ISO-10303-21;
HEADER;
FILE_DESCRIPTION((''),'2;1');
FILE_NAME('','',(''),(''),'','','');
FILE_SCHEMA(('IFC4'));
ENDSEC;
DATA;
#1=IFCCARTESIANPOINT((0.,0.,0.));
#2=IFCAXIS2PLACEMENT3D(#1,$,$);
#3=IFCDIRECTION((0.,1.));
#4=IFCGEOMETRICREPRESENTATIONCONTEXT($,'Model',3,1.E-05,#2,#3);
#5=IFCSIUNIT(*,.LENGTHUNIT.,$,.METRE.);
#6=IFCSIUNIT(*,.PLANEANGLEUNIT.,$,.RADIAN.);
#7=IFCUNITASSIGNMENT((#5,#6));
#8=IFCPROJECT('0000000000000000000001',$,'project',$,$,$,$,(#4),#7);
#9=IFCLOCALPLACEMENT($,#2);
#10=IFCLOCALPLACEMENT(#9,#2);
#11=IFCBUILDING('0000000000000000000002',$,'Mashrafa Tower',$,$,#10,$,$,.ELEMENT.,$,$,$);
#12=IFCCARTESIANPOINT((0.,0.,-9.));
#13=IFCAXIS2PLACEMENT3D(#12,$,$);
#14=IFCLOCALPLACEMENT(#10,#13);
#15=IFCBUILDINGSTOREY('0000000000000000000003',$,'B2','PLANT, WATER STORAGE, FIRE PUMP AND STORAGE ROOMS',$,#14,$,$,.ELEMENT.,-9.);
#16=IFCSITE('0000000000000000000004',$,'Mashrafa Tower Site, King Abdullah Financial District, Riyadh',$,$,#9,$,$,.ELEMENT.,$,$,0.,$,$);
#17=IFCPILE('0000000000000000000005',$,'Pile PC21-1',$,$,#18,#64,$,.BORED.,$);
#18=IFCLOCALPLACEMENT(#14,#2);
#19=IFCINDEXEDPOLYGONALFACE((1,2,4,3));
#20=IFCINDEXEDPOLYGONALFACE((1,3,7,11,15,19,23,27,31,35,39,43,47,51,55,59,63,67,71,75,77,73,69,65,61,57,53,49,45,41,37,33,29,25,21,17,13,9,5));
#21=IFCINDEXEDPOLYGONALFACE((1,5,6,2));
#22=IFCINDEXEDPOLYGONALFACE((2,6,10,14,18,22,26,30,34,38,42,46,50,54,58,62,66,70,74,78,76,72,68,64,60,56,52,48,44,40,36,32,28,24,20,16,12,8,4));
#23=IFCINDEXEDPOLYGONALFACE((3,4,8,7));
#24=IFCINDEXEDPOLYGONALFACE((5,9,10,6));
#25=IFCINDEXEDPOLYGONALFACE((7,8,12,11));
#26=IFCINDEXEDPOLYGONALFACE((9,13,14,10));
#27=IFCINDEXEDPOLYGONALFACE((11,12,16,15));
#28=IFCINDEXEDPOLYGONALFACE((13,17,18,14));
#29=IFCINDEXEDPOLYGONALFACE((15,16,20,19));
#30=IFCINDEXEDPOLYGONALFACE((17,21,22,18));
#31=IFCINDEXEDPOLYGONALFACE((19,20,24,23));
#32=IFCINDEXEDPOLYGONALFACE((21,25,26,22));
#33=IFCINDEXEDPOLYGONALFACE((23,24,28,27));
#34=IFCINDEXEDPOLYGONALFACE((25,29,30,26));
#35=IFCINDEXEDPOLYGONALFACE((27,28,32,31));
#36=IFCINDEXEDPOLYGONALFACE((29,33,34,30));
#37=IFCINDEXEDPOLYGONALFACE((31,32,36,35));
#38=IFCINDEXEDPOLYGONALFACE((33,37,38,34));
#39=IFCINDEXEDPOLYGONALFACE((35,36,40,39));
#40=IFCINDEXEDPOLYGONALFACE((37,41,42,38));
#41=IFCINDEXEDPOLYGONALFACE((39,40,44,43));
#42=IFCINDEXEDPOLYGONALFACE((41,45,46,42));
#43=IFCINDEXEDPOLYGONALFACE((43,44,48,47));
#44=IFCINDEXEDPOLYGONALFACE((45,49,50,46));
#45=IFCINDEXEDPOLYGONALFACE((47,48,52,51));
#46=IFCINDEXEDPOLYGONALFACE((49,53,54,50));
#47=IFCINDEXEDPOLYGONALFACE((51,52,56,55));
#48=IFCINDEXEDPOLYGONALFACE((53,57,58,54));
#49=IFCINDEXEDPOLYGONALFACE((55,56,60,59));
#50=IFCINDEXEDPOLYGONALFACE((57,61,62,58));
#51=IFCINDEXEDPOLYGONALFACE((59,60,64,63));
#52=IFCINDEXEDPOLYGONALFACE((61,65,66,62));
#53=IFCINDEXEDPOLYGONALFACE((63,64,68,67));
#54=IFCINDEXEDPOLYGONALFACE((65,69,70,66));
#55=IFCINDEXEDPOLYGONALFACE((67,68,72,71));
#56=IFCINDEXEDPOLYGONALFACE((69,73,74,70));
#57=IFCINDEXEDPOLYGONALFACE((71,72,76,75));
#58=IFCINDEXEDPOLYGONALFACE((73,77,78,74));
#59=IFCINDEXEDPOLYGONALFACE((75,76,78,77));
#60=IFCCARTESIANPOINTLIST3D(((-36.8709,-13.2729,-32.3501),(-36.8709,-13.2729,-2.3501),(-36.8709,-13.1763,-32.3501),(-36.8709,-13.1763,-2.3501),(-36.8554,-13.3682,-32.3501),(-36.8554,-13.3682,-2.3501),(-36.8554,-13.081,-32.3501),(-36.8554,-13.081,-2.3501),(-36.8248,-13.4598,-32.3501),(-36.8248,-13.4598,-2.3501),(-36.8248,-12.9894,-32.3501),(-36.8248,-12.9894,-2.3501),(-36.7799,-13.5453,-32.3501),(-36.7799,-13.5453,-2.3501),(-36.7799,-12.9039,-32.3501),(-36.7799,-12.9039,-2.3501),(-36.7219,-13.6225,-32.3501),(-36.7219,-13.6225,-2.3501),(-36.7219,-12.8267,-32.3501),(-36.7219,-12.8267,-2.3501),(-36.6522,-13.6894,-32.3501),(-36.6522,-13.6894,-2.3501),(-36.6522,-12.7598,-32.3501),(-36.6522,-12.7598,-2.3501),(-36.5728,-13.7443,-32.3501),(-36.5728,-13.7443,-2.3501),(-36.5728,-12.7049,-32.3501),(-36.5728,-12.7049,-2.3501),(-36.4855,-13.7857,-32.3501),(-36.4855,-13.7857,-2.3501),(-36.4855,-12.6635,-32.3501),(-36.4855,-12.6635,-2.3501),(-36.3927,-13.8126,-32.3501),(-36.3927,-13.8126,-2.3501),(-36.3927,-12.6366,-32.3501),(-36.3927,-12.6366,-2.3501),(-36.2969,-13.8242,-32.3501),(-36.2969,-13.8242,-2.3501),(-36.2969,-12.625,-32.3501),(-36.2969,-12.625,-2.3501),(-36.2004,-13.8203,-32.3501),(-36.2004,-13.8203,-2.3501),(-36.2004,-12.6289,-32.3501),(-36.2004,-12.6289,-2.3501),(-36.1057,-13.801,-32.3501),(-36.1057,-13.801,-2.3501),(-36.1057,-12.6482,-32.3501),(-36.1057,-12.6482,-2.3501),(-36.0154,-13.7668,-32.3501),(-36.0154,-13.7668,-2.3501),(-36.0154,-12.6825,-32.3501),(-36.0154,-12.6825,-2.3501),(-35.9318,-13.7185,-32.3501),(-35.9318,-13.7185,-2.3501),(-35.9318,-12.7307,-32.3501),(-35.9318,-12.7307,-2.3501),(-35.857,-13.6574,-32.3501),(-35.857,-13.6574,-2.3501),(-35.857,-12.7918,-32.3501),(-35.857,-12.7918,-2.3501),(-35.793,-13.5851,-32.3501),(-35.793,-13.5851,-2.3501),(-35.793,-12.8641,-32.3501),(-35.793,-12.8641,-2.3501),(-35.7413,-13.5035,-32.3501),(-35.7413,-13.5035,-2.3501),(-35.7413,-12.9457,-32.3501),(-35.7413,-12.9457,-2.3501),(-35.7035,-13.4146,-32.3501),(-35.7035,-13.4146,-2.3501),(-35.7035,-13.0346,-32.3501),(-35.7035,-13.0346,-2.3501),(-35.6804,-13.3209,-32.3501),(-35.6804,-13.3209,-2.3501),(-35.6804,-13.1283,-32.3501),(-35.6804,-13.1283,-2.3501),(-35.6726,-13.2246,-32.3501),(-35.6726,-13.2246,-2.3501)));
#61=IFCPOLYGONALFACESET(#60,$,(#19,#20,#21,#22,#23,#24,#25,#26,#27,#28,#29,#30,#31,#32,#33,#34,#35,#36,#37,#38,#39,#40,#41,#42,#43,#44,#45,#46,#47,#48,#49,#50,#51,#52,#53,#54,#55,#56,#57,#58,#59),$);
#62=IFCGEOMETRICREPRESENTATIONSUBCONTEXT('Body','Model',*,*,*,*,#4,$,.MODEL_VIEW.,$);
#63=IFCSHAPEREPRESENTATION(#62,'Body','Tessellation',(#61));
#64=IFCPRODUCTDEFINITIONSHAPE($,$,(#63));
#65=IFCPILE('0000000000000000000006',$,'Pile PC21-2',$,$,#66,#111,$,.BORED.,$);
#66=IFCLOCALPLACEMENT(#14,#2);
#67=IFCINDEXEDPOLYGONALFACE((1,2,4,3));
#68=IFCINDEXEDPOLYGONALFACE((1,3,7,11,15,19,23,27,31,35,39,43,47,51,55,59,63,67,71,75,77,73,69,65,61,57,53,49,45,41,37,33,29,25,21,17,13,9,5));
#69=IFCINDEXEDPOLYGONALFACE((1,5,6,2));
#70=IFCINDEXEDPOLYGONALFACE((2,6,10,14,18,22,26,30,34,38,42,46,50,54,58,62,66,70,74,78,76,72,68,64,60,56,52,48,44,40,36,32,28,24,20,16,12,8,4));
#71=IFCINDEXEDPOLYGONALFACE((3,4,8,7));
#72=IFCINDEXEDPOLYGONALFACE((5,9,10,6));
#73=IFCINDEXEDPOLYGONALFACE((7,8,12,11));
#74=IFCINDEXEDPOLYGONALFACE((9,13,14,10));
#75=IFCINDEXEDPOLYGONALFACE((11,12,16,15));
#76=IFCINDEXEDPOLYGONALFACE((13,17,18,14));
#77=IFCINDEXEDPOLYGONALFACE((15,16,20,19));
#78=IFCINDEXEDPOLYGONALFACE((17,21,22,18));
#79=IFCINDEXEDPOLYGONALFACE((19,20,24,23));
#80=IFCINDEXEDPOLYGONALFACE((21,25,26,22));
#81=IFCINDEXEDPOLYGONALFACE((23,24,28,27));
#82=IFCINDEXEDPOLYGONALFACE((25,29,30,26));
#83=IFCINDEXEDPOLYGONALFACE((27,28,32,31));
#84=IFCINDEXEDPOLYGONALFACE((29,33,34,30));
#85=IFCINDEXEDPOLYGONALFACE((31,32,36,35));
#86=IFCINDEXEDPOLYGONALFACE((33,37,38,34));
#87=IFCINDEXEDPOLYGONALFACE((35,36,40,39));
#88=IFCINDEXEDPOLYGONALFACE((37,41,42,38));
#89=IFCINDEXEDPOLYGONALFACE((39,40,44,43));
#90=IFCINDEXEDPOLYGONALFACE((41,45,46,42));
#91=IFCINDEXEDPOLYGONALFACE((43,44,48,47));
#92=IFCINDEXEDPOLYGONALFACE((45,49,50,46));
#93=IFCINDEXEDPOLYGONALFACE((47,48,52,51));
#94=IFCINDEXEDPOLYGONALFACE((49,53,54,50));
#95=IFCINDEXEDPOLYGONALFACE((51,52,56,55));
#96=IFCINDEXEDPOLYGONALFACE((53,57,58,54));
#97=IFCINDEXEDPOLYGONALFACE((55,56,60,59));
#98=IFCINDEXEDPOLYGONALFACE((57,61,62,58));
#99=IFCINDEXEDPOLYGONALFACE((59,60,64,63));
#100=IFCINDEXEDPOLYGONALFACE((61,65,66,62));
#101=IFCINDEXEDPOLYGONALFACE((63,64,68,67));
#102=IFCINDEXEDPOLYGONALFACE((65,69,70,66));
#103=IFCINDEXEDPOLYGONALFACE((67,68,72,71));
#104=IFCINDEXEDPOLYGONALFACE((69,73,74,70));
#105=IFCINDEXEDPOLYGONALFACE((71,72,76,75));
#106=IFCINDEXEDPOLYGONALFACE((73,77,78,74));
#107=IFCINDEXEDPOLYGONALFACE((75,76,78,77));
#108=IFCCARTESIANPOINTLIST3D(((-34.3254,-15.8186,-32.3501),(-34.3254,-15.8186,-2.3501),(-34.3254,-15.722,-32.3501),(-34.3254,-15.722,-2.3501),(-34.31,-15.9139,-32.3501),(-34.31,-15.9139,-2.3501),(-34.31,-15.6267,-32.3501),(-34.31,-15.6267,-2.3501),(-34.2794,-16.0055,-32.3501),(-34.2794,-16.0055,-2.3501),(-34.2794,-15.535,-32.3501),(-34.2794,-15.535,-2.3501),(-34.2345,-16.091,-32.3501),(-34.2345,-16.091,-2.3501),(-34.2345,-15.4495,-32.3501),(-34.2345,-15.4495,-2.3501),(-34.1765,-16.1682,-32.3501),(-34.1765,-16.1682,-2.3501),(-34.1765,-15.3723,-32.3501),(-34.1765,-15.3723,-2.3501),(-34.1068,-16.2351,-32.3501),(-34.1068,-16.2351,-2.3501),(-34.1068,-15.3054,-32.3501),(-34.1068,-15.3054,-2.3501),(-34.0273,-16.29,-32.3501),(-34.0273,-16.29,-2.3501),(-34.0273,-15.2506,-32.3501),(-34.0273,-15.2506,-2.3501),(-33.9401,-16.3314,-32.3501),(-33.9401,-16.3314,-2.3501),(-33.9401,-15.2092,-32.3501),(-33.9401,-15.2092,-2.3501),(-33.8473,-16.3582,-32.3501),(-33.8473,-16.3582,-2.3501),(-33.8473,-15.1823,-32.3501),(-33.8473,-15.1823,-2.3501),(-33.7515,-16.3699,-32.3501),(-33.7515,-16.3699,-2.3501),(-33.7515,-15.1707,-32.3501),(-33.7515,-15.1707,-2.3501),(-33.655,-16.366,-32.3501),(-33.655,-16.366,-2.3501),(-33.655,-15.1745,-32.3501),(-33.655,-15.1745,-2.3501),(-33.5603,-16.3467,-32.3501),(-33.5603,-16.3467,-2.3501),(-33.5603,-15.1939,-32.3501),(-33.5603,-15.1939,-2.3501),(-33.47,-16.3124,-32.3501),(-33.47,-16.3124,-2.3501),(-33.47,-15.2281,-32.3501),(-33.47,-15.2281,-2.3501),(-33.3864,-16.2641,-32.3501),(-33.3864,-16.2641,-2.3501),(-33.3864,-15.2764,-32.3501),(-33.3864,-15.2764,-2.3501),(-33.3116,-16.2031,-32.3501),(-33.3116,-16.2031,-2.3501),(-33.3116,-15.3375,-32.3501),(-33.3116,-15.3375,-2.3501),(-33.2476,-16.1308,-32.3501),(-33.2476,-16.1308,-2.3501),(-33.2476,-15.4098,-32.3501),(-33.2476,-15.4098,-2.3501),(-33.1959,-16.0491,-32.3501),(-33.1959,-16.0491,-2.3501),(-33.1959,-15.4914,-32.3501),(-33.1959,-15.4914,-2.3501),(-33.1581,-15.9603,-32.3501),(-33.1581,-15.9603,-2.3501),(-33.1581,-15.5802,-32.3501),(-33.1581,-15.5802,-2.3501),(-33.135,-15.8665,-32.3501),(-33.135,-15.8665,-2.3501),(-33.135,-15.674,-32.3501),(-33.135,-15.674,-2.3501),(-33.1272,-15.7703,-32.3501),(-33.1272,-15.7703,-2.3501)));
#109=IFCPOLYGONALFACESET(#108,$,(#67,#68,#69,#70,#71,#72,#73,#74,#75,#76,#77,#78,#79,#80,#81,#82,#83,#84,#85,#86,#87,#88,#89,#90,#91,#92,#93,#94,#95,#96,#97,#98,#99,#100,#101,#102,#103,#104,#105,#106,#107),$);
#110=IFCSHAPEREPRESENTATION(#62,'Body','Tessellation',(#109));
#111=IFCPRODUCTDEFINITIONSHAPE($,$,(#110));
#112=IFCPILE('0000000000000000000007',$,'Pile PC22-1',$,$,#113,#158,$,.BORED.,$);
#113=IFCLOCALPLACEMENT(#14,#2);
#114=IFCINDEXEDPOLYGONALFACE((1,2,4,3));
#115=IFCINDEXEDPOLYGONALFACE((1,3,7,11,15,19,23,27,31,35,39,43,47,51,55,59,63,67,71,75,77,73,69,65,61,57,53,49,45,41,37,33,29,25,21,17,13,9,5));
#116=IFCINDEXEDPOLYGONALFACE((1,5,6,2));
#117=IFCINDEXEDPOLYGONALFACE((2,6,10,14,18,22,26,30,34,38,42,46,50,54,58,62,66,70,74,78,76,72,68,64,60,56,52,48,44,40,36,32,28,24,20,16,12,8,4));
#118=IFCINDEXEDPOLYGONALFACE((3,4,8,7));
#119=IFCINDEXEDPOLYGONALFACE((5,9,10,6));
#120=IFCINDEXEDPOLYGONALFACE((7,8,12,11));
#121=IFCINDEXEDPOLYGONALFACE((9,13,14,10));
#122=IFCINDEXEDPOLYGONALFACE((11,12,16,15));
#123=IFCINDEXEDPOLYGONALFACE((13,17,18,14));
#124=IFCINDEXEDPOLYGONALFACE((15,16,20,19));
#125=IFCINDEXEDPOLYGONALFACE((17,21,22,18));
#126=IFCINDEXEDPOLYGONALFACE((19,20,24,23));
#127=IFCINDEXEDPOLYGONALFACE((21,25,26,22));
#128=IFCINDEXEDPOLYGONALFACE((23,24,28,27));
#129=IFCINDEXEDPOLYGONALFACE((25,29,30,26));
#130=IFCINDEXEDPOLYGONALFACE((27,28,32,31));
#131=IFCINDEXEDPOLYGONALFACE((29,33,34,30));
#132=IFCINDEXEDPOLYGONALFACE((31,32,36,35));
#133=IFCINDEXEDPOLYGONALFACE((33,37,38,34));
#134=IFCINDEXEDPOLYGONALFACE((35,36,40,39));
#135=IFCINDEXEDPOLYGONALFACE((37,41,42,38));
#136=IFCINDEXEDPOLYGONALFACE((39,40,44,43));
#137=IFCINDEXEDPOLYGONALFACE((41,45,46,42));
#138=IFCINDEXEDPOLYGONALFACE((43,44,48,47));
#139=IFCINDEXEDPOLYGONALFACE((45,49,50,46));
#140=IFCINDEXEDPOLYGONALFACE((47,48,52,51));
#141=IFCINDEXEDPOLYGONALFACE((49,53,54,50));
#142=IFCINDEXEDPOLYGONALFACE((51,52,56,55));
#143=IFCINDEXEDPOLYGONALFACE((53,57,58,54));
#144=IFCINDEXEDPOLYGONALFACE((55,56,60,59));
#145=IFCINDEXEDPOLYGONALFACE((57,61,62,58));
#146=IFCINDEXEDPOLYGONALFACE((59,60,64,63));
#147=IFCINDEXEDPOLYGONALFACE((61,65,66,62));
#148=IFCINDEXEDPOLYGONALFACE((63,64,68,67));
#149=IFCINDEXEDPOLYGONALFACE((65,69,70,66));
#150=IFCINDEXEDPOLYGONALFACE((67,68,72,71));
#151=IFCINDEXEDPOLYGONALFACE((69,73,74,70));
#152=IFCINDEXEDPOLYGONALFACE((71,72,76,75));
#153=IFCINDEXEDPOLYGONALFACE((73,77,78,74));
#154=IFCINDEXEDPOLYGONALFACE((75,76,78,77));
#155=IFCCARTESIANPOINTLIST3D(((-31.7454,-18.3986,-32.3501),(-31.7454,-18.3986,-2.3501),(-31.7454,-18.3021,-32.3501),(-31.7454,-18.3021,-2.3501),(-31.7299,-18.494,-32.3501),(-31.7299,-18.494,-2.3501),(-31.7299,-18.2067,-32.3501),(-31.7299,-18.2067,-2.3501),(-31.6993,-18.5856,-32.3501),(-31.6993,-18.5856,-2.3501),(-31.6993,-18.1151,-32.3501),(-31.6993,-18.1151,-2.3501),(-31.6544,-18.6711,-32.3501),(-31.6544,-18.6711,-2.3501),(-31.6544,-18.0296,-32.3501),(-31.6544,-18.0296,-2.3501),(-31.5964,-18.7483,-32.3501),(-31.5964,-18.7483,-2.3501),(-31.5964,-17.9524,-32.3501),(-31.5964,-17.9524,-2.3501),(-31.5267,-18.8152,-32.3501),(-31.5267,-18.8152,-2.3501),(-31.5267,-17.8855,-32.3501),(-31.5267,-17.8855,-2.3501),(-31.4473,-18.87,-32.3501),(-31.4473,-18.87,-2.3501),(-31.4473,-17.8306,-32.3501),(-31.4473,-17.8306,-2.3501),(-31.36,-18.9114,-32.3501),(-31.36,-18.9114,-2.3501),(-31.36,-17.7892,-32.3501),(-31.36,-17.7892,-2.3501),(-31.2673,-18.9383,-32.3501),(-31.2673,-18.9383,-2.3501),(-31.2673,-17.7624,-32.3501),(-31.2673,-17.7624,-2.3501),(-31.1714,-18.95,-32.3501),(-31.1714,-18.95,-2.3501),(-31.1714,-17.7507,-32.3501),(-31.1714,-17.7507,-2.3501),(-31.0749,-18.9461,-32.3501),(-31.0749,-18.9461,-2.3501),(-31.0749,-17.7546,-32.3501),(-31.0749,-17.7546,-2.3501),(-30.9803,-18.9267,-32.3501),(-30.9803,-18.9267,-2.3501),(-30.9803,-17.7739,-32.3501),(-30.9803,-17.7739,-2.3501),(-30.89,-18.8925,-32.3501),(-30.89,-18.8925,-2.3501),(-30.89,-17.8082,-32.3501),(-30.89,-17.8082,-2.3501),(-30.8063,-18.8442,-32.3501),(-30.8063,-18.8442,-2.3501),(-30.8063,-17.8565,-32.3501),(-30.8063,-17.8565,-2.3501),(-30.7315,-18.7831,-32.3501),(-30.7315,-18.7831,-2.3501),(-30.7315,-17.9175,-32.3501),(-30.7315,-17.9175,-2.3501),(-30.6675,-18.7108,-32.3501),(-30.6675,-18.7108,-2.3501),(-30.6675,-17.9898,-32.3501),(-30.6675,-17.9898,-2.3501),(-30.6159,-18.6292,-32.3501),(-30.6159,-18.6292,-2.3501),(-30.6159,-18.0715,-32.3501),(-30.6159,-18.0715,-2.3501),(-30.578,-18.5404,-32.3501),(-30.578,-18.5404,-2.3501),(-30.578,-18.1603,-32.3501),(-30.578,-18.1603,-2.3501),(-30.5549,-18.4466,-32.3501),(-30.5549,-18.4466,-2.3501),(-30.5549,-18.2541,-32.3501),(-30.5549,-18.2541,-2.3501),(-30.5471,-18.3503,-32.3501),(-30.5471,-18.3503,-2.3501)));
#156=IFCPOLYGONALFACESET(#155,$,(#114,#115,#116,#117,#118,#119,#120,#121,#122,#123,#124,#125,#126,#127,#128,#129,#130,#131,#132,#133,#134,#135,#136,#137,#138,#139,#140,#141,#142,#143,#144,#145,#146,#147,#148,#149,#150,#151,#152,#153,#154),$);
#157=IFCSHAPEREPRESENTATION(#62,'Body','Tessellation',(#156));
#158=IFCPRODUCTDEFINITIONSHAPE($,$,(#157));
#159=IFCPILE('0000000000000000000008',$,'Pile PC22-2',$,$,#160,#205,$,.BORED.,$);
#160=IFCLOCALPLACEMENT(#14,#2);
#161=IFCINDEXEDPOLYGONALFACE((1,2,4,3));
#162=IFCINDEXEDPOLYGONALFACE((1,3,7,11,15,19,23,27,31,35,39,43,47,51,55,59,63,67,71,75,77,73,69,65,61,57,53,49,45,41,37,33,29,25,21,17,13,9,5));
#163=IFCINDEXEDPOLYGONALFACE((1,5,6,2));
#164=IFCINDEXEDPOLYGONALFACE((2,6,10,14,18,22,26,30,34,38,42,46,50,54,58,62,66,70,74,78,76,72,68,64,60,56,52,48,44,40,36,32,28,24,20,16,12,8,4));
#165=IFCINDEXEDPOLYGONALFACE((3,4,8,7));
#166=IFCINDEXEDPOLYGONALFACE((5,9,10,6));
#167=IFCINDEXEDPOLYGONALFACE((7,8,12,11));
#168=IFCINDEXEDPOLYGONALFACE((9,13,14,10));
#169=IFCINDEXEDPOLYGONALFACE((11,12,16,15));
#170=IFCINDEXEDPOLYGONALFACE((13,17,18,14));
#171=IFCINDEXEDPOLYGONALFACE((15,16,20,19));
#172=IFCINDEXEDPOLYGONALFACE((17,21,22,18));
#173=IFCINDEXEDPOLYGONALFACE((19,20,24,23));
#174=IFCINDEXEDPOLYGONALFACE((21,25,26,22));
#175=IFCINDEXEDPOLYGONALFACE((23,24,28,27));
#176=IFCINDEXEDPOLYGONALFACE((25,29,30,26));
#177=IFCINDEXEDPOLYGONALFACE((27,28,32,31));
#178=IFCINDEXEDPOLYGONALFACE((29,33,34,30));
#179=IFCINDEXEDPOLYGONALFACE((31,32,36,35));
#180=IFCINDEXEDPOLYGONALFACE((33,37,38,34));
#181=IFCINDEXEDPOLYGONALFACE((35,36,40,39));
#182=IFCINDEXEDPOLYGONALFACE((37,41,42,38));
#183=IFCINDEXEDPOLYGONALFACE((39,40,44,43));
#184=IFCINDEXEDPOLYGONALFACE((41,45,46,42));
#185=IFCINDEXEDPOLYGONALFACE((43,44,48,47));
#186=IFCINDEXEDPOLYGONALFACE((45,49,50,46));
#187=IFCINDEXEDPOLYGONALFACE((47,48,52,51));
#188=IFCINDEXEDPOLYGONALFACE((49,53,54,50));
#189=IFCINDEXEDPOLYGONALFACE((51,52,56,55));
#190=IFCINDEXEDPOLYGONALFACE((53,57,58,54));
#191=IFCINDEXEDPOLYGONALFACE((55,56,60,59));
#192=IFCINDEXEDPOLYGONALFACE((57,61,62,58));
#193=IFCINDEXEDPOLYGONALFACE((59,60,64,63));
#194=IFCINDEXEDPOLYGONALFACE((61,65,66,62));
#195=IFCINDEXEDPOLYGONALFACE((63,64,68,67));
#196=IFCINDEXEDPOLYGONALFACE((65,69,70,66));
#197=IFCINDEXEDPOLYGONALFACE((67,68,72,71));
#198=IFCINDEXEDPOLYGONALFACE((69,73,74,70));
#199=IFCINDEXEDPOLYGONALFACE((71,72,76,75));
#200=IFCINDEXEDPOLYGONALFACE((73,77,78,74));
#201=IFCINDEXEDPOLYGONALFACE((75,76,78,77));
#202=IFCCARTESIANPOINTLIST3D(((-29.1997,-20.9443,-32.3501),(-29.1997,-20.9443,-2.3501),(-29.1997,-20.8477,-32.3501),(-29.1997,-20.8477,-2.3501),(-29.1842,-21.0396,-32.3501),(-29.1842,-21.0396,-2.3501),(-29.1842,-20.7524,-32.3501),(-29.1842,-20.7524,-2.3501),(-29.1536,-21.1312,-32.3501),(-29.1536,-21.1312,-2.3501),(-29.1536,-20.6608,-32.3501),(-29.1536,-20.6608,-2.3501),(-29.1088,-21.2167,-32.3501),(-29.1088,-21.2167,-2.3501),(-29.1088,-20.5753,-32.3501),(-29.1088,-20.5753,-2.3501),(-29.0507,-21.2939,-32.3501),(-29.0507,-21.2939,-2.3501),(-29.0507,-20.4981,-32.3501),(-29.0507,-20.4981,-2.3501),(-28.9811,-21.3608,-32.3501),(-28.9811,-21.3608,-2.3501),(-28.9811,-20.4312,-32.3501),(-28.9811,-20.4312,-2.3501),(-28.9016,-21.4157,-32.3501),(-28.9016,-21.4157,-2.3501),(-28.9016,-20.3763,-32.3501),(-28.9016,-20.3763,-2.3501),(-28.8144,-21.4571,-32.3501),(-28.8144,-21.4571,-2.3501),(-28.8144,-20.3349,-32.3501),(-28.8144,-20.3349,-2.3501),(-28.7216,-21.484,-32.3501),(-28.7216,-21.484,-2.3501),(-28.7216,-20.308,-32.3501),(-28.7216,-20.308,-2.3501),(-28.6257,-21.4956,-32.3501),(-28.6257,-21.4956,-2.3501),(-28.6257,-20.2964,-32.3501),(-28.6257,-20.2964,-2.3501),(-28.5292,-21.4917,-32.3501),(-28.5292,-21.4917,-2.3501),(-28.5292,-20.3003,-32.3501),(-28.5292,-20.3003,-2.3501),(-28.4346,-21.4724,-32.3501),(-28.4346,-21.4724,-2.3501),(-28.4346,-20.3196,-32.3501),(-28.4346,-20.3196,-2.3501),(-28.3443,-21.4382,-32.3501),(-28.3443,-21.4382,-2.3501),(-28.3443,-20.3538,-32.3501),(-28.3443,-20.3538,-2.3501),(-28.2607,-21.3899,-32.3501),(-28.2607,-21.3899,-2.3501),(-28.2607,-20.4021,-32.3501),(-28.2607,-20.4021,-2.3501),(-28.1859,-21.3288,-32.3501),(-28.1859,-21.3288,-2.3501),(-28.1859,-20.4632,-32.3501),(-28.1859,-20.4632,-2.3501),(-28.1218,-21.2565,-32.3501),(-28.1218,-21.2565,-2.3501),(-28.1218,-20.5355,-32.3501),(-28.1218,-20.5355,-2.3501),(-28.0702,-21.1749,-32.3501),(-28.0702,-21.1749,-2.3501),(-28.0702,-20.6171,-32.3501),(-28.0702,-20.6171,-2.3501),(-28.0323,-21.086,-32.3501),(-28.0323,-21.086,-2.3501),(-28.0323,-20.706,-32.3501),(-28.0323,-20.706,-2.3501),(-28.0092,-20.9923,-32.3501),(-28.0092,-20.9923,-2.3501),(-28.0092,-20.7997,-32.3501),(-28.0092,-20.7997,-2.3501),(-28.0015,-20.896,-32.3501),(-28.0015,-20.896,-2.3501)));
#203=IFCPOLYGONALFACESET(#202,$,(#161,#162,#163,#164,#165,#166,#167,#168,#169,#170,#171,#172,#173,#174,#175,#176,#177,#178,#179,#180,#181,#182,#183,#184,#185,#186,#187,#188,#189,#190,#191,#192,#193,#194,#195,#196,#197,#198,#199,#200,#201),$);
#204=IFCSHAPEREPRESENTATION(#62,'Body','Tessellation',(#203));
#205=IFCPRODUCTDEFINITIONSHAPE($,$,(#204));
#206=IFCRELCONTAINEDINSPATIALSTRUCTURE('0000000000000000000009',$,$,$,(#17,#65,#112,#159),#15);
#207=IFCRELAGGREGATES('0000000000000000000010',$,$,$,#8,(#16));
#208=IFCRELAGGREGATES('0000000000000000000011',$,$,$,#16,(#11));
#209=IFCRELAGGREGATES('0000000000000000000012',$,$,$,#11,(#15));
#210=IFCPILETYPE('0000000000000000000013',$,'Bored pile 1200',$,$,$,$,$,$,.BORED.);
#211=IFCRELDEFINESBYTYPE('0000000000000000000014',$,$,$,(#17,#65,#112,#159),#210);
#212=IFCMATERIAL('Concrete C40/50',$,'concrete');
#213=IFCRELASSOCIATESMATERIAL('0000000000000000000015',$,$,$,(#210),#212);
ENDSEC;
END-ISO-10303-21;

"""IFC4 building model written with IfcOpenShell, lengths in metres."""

from ifc_helpers import new_model, si_unit, direction, frame, origin, origin_2d, place, context, subcontext, project, spatial, circle, extrude, material, material_profile, profile_set, type_object, element, save


model = new_model("IFC4")

# Units and contexts
model_context = context("Model", 3, precision=1e-05, world=origin(), true_north=direction((0.0, 1.0)))
body_context = subcontext(model_context, "Body", "Model", "MODEL_VIEW")
ifc_project = project(units=[si_unit("LENGTHUNIT", "METRE"), si_unit("PLANEANGLEUNIT", "RADIAN")], contexts=[model_context])

# Site, building, storey
site_placement = place(None, origin())
site = spatial("IfcSite", under=ifc_project, at=site_placement, Name="Mashrafa Tower Site, King Abdullah Financial District, Riyadh", CompositionType="ELEMENT", RefElevation=0.0)
building_placement = place(site_placement, origin())
building = spatial("IfcBuilding", under=site, at=building_placement, Name="Mashrafa Tower", CompositionType="ELEMENT")
storey_placement = place(building_placement, frame((0.0, 0.0, -9.0)))
storey = spatial("IfcBuildingStorey", under=building, at=storey_placement, Name="B2", Description="PLANT, WATER STORAGE, FIRE PUMP AND STORAGE ROOMS", CompositionType="ELEMENT", Elevation=-9.0)

# Piles
ifc_material_1 = material(Name="Concrete C40/50", Category="concrete")
ifc_material_profile_1 = material_profile(ifc_material_1, circle(Radius=0.6001, at=origin_2d()), Name="1200 DIA")
ifc_profile_set_1 = profile_set([ifc_material_profile_1], Name="Concrete C40/50")
pile_type_1 = type_object("IfcPileType", Name="Bored pile 1200", PredefinedType="BORED", material=ifc_profile_set_1)
for number, where, z_axis, x_axis, name in (
    (1, (-36.2727, -13.2246, -2.3501), (0.0, 0.0, -1.0), (1.0, 0.0, 0.0), "Pile PC21-1"),
    (2, (-33.7273, -15.7703, -2.3501), (0.0, 0.0, -1.0), (1.0, 0.0, 0.0), "Pile PC21-2"),
    (3, (-31.1472, -18.3503, -2.3501), (0.0, 0.0, -1.0), (1.0, 0.0, 0.0), "Pile PC22-1"),
    (4, (-28.6016, -20.896, -2.3501), (0.0, 0.0, -1.0), (1.0, 0.0, 0.0), "Pile PC22-2"),
):
    element("IfcPile", number, at=place(storey_placement, frame(where, z_axis=z_axis, x_axis=x_axis)), inside=storey, type_object=pile_type_1, Name=name, PredefinedType="BORED", context=body_context, shape_type="SweptSolid", body=[
        extrude(circle(Radius=0.6001, at=origin_2d()), origin(), (0.0, 0.0, 1.0), 30.0),
    ])

save(model, "model.ifc")
